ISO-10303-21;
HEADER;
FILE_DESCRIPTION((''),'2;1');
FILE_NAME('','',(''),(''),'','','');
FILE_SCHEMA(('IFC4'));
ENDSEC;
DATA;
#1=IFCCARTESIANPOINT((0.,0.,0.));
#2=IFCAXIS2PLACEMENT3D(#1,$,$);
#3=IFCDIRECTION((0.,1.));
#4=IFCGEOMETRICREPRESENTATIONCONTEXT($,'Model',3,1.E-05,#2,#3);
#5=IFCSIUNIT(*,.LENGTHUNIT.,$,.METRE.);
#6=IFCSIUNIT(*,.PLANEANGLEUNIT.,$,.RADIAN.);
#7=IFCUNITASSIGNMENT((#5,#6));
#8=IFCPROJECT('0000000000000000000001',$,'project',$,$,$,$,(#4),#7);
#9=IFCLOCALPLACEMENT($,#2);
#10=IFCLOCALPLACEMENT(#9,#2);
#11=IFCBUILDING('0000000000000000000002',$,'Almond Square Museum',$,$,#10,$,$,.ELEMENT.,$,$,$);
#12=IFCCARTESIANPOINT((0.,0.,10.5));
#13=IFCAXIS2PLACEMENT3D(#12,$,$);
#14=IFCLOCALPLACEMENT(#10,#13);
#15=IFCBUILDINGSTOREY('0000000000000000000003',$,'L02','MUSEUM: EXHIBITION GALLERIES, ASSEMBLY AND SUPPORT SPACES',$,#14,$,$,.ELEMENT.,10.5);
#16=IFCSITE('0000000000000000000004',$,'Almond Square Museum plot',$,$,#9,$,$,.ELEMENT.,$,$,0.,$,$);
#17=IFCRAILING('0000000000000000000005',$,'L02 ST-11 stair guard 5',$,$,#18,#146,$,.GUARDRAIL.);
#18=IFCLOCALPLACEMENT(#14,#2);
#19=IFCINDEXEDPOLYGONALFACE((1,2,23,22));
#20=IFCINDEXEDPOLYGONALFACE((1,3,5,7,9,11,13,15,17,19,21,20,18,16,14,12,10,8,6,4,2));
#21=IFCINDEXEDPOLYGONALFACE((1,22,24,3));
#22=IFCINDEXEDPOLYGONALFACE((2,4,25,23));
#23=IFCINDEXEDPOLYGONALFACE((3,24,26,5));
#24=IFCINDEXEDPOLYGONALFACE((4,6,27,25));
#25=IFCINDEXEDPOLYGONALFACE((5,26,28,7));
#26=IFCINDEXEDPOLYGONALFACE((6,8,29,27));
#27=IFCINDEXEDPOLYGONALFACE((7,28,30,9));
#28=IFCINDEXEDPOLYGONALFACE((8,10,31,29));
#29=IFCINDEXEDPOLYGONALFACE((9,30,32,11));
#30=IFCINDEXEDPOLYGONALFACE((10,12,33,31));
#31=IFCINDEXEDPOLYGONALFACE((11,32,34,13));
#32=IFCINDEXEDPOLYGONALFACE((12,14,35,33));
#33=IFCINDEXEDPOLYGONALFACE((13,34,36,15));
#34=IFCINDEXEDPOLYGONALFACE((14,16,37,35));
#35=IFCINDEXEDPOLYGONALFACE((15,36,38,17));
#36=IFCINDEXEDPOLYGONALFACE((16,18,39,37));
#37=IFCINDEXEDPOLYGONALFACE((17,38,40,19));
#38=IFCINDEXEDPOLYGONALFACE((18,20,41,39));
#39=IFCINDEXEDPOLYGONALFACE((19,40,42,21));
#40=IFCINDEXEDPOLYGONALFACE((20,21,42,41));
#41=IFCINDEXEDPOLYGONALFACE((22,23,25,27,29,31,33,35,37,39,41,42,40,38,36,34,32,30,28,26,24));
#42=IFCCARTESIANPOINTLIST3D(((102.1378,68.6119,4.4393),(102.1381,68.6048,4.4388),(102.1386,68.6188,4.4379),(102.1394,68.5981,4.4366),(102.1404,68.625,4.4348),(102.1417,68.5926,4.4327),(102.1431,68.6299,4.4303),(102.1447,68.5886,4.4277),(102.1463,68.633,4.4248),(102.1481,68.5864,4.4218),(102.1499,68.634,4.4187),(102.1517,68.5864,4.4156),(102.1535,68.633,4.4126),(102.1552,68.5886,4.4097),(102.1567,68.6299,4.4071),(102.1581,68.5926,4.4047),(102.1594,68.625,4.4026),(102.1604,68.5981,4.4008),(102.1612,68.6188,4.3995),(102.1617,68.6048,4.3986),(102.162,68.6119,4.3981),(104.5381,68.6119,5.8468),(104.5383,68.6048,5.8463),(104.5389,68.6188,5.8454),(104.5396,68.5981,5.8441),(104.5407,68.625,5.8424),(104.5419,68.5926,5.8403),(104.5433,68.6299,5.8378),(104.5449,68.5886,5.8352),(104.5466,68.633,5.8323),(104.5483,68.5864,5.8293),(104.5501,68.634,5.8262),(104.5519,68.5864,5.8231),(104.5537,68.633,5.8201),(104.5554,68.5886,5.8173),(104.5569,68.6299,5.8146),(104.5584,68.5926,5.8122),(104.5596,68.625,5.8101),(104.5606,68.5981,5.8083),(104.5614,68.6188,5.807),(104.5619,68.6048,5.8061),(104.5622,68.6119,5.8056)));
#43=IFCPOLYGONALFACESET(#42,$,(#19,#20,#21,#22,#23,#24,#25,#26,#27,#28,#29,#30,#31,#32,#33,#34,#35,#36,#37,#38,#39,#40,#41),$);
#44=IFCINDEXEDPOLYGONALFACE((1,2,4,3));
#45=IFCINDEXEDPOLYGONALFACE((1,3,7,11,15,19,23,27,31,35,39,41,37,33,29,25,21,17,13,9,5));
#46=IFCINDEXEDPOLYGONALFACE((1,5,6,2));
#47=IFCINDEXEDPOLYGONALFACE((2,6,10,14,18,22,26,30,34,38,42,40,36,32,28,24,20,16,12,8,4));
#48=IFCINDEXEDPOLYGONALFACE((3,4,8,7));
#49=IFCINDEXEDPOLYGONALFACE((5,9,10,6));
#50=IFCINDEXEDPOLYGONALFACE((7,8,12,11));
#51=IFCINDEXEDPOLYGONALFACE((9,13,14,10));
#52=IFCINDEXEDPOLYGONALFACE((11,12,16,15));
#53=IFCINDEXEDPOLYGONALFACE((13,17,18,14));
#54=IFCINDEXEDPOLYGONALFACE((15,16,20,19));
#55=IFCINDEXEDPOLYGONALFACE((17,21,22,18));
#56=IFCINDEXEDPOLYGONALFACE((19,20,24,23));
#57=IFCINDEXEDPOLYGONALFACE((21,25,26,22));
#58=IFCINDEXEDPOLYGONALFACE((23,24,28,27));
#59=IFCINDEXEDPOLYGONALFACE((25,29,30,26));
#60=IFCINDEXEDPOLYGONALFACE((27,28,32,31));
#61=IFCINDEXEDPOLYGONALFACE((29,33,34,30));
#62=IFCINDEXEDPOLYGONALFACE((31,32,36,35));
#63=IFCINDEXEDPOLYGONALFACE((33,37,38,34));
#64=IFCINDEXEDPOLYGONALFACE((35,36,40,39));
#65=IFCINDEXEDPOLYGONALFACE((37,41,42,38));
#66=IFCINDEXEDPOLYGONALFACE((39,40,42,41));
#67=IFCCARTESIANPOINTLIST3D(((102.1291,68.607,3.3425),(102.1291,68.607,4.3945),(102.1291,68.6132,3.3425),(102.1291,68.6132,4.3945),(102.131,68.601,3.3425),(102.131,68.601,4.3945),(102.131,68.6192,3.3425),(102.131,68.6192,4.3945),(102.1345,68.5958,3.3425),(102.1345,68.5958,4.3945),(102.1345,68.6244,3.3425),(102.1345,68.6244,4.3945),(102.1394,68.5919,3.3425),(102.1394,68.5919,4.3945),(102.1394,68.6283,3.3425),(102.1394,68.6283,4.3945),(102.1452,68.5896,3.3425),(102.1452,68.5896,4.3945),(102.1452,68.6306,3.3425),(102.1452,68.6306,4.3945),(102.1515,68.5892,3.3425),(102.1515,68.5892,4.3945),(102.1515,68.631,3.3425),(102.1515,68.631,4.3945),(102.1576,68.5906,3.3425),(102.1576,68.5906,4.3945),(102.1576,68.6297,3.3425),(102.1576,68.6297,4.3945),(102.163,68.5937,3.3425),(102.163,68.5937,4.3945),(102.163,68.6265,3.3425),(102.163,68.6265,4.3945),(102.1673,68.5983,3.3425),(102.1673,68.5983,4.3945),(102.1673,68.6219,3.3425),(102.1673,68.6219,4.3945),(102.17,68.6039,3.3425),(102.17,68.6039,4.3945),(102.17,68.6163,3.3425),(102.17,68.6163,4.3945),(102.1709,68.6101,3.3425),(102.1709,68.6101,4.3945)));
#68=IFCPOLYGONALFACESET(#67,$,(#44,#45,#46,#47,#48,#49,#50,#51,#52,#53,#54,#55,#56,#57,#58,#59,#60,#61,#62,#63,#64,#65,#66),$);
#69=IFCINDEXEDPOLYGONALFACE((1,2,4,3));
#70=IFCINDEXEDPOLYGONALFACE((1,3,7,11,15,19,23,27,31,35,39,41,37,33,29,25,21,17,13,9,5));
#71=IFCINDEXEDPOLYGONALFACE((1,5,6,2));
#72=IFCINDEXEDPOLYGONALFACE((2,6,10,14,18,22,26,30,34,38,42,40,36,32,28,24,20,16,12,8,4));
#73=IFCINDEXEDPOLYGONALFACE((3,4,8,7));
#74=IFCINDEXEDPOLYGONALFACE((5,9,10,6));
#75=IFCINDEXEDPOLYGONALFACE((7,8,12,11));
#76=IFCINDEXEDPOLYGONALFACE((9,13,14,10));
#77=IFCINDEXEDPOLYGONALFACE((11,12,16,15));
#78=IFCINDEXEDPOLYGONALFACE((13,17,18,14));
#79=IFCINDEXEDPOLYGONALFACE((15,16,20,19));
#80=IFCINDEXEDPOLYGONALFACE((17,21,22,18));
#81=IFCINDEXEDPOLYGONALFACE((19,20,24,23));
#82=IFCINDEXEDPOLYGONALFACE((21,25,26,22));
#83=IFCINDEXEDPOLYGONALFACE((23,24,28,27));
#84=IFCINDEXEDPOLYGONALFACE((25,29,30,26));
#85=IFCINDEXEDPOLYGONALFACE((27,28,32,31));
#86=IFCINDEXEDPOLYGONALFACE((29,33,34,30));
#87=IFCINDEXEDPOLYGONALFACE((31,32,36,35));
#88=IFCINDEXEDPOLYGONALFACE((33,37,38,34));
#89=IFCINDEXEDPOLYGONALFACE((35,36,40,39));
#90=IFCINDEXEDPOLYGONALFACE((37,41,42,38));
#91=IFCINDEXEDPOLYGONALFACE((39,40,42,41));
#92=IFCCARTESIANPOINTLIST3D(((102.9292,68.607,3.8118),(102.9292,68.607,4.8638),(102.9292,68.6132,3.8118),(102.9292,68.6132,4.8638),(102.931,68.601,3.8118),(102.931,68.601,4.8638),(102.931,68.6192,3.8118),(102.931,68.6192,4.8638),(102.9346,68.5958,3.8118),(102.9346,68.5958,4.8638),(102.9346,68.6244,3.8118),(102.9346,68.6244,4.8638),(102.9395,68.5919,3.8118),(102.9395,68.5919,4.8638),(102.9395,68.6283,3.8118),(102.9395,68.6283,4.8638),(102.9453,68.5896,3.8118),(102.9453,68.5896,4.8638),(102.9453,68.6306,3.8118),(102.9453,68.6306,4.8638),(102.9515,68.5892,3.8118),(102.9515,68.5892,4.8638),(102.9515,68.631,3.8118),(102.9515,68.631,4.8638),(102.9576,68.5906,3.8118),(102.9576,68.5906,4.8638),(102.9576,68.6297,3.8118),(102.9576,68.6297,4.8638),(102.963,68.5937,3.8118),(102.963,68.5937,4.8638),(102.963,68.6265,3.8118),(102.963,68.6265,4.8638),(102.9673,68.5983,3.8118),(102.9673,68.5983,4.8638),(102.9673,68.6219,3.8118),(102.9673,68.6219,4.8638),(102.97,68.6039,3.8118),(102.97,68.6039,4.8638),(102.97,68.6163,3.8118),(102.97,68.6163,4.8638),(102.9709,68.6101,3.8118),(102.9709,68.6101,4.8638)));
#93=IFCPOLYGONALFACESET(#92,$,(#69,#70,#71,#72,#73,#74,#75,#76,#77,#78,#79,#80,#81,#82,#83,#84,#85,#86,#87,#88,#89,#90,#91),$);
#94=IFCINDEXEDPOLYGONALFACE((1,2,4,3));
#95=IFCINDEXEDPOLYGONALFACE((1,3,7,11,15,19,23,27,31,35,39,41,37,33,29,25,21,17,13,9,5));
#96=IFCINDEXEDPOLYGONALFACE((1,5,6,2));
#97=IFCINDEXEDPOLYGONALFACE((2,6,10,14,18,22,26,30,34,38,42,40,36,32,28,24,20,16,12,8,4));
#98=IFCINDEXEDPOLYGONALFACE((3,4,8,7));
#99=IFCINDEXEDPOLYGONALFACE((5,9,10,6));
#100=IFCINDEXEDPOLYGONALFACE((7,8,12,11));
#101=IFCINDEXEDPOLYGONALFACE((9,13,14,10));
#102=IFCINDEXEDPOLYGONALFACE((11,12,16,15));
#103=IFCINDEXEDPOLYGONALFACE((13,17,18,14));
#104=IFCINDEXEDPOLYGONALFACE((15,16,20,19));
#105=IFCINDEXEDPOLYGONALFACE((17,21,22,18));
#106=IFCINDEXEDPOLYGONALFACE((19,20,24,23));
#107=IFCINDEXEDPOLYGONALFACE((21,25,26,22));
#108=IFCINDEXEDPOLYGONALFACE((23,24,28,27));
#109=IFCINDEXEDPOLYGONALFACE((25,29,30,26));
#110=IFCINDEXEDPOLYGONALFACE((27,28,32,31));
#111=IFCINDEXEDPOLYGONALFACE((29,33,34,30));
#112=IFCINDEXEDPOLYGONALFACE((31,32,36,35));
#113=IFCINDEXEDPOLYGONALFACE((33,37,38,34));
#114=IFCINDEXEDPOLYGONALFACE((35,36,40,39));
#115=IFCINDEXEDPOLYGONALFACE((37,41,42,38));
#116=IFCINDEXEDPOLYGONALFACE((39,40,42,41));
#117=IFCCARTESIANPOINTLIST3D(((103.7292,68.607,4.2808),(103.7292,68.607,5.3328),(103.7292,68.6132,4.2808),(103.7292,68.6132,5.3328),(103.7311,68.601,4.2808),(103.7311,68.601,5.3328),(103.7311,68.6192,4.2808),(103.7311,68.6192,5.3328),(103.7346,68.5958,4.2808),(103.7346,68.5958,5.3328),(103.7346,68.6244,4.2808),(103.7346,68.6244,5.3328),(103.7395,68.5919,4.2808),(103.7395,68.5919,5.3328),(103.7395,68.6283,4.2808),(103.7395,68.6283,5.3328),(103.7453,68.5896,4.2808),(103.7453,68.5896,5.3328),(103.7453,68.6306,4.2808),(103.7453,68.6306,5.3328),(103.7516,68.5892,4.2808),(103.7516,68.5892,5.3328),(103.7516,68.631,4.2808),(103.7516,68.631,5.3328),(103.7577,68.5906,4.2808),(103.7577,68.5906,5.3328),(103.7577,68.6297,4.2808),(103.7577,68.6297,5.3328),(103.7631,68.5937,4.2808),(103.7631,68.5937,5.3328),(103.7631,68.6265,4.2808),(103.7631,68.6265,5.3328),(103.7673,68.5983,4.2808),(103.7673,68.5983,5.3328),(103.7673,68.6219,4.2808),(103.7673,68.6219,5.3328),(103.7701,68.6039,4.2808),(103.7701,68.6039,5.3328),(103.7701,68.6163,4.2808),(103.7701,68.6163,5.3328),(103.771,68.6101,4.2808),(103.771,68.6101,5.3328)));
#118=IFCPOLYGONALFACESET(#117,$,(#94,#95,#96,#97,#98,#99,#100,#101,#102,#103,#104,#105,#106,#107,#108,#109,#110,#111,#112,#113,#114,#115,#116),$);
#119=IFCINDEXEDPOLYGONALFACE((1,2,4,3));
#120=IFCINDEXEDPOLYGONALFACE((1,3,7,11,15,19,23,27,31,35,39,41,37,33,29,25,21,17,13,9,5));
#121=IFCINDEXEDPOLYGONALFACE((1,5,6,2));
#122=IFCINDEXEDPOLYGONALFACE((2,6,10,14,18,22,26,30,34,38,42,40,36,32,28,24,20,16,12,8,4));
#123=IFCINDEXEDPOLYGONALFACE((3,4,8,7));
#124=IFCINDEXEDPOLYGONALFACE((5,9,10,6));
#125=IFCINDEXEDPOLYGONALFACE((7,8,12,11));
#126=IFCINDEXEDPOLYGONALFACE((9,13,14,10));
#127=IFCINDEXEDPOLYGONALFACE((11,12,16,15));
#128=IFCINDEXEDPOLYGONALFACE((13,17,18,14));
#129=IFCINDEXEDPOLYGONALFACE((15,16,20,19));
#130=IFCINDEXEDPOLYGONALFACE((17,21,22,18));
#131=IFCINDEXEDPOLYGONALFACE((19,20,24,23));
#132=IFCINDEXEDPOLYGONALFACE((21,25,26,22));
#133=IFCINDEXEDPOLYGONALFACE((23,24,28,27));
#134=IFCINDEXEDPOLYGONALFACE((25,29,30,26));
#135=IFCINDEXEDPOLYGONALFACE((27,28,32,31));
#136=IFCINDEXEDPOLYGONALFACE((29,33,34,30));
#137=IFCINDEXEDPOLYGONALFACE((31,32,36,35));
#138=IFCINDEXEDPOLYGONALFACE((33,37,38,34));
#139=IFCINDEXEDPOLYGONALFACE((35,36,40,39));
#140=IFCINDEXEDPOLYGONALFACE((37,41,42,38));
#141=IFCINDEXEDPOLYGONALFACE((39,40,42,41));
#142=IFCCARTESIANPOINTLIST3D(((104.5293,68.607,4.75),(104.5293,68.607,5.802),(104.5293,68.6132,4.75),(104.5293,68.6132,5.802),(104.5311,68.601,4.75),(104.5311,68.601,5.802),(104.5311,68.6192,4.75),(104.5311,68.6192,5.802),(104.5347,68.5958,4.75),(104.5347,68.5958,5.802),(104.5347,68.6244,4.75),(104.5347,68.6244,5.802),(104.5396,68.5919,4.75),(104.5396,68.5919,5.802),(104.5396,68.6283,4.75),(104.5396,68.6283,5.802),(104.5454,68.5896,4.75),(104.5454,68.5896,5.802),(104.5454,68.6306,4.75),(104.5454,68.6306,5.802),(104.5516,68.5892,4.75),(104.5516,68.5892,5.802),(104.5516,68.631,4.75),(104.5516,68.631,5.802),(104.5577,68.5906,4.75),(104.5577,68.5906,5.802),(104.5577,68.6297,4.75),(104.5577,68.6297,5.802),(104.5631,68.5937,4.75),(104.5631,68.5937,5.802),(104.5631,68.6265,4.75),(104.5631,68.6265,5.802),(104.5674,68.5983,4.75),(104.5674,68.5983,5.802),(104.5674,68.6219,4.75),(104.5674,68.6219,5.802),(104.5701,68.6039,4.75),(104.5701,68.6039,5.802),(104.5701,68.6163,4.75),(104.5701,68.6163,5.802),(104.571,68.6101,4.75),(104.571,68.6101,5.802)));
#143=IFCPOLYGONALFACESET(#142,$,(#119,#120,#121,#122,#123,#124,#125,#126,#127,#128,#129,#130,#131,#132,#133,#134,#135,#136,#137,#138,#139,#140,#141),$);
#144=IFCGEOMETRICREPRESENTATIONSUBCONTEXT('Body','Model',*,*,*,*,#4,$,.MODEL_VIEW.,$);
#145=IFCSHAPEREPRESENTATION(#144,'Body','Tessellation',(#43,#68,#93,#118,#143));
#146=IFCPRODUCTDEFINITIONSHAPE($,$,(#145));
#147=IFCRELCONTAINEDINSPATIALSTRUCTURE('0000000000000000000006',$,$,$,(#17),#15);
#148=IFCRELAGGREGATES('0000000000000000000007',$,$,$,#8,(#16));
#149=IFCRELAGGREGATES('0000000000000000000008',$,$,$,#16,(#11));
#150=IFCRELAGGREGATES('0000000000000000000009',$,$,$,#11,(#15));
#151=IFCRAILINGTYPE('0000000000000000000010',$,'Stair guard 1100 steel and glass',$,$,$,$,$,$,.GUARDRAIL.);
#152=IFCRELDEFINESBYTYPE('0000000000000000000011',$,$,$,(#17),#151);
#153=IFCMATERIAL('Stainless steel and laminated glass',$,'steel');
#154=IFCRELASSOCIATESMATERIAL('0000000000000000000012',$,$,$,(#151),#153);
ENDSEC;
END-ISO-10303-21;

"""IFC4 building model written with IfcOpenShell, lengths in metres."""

from ifc_helpers import new_model, si_unit, direction, frame, origin, origin_2d, place, context, subcontext, project, spatial, circle, extrude, material, type_object, element, save


model = new_model("IFC4")

# Units and contexts
model_context = context("Model", 3, precision=1e-05, world=origin(), true_north=direction((0.0, 1.0)))
body_context = subcontext(model_context, "Body", "Model", "MODEL_VIEW")
ifc_project = project(units=[si_unit("LENGTHUNIT", "METRE"), si_unit("PLANEANGLEUNIT", "RADIAN")], contexts=[model_context])

# Site, building, storey
site_placement = place(None, origin())
site = spatial("IfcSite", under=ifc_project, at=site_placement, Name="Almond Square Museum plot", CompositionType="ELEMENT", RefElevation=0.0)
building_placement = place(site_placement, origin())
building = spatial("IfcBuilding", under=site, at=building_placement, Name="Almond Square Museum", CompositionType="ELEMENT")
storey_placement = place(building_placement, frame((0.0, 0.0, 10.5)))
storey = spatial("IfcBuildingStorey", under=building, at=storey_placement, Name="L02", Description="MUSEUM: EXHIBITION GALLERIES, ASSEMBLY AND SUPPORT SPACES", CompositionType="ELEMENT", Elevation=10.5)

# Railing
ifc_material_1 = material(Name="Stainless steel and laminated glass", Category="steel")
railing_type_1 = type_object("IfcRailingType", Name="Stair guard 1100 steel and glass", PredefinedType="GUARDRAIL", material=ifc_material_1)
railing_1_placement = place(storey_placement, frame((102.1499, 68.6101, 3.3425)))
element("IfcRailing", 1, at=railing_1_placement, inside=storey, type_object=railing_type_1, Name="L02 ST-11 stair guard 5", PredefinedType="GUARDRAIL", context=body_context, shape_type="SweptSolid", body=[
    extrude(circle(Radius=0.0239, at=origin_2d()), frame((0.0, 0.0, 1.0762), z_axis=(0.862621, 0.0, 0.50585), x_axis=(0.0, 1.0, 0.0)), (0.0, 0.0, 1.0), 2.7825),
    extrude(circle(Radius=0.021, at=origin_2d()), origin(), (0.0, 0.0, 1.0), 1.052),
    extrude(circle(Radius=0.021, at=origin_2d()), frame((0.8, 0.0, 0.4692)), (0.0, 0.0, 1.0), 1.052),
    extrude(circle(Radius=0.021, at=origin_2d()), frame((1.6001, 0.0, 0.9382)), (0.0, 0.0, 1.0), 1.052),
    extrude(circle(Radius=0.021, at=origin_2d()), frame((2.4001, 0.0, 1.4075)), (0.0, 0.0, 1.0), 1.052),
])

save(model, "model.ifc")
